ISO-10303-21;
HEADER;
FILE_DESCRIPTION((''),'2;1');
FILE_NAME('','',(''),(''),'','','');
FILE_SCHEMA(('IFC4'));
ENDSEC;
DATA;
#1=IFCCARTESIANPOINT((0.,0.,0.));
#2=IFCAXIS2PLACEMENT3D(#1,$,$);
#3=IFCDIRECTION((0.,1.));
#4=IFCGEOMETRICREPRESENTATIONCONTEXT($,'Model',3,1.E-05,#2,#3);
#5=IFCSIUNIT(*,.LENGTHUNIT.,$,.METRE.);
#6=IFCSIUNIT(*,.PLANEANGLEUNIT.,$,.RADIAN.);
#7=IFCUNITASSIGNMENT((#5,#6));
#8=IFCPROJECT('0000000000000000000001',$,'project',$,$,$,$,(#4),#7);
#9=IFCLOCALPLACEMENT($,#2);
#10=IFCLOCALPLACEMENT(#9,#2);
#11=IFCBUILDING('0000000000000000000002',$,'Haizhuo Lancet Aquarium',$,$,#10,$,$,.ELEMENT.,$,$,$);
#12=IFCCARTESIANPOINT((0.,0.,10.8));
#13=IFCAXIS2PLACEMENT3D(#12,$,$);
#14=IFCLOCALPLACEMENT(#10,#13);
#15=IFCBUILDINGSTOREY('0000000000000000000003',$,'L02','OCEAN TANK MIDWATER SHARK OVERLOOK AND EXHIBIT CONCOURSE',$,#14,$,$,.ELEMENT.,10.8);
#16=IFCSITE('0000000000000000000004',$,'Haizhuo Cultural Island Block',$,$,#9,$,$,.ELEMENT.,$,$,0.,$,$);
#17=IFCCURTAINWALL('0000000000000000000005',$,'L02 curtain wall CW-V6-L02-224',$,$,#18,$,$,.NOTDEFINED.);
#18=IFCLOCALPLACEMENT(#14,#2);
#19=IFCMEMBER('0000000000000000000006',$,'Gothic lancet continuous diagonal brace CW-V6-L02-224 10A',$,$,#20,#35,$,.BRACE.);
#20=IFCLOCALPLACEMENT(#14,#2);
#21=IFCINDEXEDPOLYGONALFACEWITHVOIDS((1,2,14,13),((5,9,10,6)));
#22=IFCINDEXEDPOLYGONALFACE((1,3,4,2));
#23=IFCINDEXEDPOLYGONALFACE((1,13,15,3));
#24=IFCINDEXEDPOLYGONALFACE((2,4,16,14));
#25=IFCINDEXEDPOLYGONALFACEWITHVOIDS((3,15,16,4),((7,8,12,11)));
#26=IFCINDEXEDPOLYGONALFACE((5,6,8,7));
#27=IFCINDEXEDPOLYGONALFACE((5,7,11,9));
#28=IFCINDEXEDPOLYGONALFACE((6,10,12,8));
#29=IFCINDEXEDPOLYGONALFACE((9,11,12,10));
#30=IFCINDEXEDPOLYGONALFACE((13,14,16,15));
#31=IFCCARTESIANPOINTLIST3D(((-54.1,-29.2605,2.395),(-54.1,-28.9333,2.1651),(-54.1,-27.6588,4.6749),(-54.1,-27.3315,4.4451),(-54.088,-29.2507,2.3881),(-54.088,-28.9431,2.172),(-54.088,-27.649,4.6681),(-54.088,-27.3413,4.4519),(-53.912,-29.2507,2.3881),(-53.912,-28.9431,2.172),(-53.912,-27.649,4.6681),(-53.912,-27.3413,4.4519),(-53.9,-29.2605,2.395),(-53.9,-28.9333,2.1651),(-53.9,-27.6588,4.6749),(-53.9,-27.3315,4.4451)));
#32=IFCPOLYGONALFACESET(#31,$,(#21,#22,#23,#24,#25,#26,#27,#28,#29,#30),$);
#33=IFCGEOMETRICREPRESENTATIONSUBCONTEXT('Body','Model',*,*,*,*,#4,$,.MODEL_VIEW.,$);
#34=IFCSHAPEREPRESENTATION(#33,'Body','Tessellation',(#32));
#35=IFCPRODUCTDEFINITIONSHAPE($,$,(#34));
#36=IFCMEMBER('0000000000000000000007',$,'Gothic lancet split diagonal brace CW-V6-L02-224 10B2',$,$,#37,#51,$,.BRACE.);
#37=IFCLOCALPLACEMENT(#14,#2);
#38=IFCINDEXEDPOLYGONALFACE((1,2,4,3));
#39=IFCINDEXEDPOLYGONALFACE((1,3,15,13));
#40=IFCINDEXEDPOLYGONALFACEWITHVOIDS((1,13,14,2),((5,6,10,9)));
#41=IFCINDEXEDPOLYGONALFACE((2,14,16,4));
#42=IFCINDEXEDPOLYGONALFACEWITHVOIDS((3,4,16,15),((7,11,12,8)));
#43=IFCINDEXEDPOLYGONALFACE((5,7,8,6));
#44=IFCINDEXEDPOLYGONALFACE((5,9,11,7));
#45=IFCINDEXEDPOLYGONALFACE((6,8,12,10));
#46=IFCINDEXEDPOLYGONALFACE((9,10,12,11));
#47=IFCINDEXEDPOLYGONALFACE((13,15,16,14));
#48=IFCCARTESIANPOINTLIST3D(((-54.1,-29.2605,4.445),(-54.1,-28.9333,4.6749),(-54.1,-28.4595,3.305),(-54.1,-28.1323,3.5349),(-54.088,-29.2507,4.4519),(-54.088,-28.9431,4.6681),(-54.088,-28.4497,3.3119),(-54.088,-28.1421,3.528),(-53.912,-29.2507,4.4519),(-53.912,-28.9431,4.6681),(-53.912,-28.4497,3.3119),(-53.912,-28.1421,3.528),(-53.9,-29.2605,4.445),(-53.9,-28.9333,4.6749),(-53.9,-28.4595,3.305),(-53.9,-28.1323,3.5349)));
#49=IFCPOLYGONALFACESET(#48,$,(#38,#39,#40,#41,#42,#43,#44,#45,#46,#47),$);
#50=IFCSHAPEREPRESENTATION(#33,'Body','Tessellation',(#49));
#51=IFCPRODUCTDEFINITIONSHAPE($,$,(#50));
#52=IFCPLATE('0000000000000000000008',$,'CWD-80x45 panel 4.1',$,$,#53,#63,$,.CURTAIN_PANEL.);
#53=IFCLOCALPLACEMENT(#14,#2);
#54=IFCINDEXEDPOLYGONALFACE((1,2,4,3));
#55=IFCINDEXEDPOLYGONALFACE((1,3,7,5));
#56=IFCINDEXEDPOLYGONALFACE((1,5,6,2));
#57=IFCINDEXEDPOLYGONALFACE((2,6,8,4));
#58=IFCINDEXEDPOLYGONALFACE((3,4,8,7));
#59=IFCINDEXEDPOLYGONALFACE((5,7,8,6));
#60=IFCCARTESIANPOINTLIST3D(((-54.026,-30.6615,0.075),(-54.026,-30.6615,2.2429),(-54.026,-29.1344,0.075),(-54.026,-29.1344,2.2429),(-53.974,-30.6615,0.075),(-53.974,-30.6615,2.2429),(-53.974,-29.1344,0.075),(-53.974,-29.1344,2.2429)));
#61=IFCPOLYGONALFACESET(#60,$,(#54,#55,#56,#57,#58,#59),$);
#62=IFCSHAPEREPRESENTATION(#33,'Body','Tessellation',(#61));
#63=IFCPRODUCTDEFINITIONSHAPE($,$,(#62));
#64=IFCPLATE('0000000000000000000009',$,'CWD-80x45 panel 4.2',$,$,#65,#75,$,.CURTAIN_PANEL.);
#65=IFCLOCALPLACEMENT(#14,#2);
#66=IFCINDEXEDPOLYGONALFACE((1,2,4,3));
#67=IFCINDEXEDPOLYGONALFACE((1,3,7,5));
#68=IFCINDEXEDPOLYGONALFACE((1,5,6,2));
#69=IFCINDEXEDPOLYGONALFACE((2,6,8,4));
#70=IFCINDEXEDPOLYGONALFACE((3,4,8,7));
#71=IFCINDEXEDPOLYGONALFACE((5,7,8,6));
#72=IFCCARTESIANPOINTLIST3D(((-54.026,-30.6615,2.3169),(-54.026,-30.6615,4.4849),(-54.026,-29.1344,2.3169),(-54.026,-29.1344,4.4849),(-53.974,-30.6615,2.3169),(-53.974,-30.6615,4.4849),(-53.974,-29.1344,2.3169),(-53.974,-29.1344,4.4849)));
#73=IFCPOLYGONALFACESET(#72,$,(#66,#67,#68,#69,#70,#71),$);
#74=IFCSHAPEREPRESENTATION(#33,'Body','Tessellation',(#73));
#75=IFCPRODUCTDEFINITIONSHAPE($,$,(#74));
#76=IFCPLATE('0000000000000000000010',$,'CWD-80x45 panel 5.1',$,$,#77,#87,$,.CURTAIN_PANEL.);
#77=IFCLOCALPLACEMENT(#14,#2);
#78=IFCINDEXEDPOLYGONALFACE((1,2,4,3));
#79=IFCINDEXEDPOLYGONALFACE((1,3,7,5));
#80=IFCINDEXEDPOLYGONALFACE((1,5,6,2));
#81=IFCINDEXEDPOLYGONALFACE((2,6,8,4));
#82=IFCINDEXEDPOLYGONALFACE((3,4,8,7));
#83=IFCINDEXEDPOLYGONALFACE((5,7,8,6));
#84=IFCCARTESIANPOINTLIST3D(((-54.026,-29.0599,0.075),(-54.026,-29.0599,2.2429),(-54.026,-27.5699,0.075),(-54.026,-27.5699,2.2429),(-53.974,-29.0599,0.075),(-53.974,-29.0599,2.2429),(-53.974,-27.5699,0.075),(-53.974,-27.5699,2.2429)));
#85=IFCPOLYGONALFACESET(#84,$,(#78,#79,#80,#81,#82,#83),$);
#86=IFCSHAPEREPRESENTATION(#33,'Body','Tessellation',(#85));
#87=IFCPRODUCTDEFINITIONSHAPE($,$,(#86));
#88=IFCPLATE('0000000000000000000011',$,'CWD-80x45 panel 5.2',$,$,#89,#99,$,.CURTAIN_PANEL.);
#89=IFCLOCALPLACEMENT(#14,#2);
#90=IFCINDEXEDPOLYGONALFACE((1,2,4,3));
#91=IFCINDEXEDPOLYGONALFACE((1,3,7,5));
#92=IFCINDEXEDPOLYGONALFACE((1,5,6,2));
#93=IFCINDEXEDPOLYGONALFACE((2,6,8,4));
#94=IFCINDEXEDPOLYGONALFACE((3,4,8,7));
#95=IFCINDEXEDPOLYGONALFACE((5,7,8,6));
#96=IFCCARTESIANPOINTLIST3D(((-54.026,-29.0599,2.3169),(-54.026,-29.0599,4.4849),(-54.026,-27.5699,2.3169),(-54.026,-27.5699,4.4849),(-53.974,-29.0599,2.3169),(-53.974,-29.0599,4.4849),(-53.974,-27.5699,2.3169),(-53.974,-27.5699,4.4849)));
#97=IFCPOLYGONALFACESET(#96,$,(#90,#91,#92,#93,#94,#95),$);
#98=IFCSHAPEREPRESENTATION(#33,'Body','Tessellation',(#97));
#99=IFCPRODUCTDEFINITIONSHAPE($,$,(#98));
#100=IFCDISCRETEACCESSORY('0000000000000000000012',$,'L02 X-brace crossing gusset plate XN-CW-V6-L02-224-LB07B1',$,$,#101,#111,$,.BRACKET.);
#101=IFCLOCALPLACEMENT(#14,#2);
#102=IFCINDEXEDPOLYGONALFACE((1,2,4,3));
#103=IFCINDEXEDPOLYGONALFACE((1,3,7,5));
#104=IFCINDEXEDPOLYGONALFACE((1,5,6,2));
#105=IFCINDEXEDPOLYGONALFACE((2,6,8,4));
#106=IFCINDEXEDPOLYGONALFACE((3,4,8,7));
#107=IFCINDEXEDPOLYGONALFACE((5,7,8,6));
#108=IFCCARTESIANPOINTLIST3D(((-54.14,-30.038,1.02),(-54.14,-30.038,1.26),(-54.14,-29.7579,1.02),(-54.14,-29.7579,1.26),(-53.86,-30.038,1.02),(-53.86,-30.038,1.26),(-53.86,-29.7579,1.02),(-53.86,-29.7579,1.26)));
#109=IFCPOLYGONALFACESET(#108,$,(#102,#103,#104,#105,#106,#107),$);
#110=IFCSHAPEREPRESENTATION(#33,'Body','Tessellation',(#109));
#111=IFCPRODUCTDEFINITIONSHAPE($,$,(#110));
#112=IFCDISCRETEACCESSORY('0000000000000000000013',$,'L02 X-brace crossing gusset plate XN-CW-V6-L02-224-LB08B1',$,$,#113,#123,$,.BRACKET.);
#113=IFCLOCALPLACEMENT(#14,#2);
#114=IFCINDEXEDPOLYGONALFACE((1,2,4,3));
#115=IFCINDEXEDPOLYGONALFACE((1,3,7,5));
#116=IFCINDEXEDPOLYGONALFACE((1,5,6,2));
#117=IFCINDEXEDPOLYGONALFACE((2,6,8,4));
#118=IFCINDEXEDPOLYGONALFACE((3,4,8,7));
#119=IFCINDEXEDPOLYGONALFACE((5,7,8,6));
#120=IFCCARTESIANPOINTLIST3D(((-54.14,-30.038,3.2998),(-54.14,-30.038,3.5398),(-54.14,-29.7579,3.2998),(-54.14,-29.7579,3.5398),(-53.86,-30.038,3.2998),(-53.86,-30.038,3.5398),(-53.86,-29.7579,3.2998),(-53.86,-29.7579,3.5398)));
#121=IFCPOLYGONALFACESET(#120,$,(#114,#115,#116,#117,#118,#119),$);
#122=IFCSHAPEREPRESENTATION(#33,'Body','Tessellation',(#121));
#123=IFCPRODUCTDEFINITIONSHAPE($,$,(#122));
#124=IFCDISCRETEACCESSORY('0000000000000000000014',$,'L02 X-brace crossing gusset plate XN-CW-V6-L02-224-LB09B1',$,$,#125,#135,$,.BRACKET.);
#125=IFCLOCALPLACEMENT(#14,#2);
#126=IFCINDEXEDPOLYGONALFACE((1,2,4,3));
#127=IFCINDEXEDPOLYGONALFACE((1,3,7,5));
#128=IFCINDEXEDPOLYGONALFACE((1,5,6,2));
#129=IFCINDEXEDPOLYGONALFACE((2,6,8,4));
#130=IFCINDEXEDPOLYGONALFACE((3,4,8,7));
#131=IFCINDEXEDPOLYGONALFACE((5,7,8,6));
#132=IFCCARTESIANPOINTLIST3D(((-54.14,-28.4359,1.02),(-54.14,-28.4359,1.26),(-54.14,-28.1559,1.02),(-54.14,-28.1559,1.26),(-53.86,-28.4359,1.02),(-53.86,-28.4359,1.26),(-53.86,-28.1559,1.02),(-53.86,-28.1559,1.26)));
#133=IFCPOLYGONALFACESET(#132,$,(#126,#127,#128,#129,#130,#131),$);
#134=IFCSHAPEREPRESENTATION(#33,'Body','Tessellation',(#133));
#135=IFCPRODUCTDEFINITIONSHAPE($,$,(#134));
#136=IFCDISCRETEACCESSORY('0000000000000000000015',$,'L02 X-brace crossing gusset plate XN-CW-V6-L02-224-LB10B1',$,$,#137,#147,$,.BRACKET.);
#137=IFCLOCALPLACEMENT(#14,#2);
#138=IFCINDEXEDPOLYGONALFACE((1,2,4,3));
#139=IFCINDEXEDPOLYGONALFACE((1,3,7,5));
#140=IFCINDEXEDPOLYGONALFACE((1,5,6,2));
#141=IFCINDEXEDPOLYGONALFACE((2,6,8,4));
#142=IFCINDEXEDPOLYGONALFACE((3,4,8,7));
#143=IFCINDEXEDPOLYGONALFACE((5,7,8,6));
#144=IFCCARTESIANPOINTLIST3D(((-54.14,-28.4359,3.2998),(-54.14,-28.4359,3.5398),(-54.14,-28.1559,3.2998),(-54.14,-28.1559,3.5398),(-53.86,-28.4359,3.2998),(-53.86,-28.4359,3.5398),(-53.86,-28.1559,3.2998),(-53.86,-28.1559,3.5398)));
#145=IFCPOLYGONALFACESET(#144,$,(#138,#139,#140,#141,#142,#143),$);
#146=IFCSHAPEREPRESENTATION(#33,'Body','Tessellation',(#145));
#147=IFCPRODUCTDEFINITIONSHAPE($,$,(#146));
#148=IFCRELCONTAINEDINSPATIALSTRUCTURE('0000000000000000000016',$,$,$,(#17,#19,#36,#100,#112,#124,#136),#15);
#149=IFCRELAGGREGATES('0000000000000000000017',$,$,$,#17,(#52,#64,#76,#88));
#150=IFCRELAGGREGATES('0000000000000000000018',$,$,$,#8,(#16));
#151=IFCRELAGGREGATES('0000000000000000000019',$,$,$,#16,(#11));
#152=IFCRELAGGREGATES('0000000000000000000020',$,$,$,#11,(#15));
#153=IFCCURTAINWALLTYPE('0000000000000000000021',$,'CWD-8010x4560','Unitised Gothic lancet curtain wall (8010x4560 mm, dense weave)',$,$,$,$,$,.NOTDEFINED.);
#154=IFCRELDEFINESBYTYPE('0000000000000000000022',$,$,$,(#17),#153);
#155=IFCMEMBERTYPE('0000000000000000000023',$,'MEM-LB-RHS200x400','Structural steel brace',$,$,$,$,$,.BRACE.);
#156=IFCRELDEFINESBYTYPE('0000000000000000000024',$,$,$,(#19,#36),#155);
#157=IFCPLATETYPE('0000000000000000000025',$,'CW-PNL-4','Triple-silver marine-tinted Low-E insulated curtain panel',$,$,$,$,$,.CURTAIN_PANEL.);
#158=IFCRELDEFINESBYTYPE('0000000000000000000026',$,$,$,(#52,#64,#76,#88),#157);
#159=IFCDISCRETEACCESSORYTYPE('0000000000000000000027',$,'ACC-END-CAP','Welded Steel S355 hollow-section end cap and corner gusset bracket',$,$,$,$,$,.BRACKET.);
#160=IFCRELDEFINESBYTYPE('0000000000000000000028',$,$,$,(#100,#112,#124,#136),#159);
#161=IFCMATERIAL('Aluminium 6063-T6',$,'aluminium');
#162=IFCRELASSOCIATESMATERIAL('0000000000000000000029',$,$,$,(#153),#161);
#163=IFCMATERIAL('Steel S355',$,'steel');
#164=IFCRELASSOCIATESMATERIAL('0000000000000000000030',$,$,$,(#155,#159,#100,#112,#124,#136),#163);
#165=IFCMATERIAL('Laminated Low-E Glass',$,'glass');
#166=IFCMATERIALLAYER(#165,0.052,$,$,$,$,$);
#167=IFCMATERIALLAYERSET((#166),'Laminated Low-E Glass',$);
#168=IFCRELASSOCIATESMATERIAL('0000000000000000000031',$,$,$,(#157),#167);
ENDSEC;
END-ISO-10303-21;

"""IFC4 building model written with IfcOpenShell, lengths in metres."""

from ifc_helpers import new_model, si_unit, direction, frame, origin, origin_2d, place, context, subcontext, project, spatial, rectangle, hollow_rectangle, extrude, material, layer, layer_set, material_profile, profile_set, type_object, element, aggregate, save


model = new_model("IFC4")

# Units and contexts
model_context = context("Model", 3, precision=1e-05, world=origin(), true_north=direction((0.0, 1.0)))
body_context = subcontext(model_context, "Body", "Model", "MODEL_VIEW")
ifc_project = project(units=[si_unit("LENGTHUNIT", "METRE"), si_unit("PLANEANGLEUNIT", "RADIAN")], contexts=[model_context])

# Site, building, storey
site_placement = place(None, origin())
site = spatial("IfcSite", under=ifc_project, at=site_placement, Name="Haizhuo Cultural Island Block", CompositionType="ELEMENT", RefElevation=0.0)
building_placement = place(site_placement, origin())
building = spatial("IfcBuilding", under=site, at=building_placement, Name="Haizhuo Lancet Aquarium", CompositionType="ELEMENT")
storey_placement = place(building_placement, frame((0.0, 0.0, 10.8)))
storey = spatial("IfcBuildingStorey", under=building, at=storey_placement, Name="L02", Description="OCEAN TANK MIDWATER SHARK OVERLOOK AND EXHIBIT CONCOURSE", CompositionType="ELEMENT", Elevation=10.8)

# Curtain wall
ifc_material_1 = material(Name="Aluminium 6063-T6", Category="aluminium")
curtain_wall_type = type_object("IfcCurtainWallType", Name="CWD-8010x4560", Description="Unitised Gothic lancet curtain wall (8010x4560 mm, dense weave)", PredefinedType="NOTDEFINED", material=ifc_material_1)
curtain_wall_placement = place(storey_placement, origin())
curtain_wall = element("IfcCurtainWall", 1, at=curtain_wall_placement, inside=storey, type_object=curtain_wall_type, Name="L02 curtain wall CW-V6-L02-224", PredefinedType="NOTDEFINED")

# Shared definitions
ifc_material_2 = material(Name="Steel S355", Category="steel")

# Members
ifc_material_profile_1 = material_profile(ifc_material_2, hollow_rectangle(XDim=0.2, YDim=0.3999, WallThickness=0.012, at=origin_2d()), Name="RHS 200x400x12")
ifc_profile_set_1 = profile_set([ifc_material_profile_1], Name="Steel S355")
member_type_1 = type_object("IfcMemberType", Name="MEM-LB-RHS200x400", Description="Structural steel brace", PredefinedType="BRACE", material=ifc_profile_set_1)
member_1_placement = place(storey_placement, frame((-54.0, -29.0969, 2.28), z_axis=(0.0, 0.574855, 0.818255), x_axis=(-1.0, 0.0, 0.0)))
element("IfcMember", 2, at=member_1_placement, inside=storey, type_object=member_type_1, Name="Gothic lancet continuous diagonal brace CW-V6-L02-224 10A", PredefinedType="BRACE", context=body_context, shape_type="SweptSolid", body=[
    extrude(hollow_rectangle(XDim=0.2, YDim=0.3999, WallThickness=0.012, at=origin_2d()), origin(), (0.0, 0.0, 1.0), 2.7864),
])
member_2_placement = place(storey_placement, frame((-54.0, -28.2959, 3.4199), z_axis=(0.0, -0.574873, 0.818243), x_axis=(1.0, 0.0, 0.0)))
element("IfcMember", 3, at=member_2_placement, inside=storey, type_object=member_type_1, Name="Gothic lancet split diagonal brace CW-V6-L02-224 10B2", PredefinedType="BRACE", context=body_context, shape_type="SweptSolid", body=[
    extrude(hollow_rectangle(XDim=0.2, YDim=0.3999, WallThickness=0.012, at=origin_2d()), origin(), (0.0, 0.0, 1.0), 1.3933),
])

# Plates
ifc_material_3 = material(Name="Laminated Low-E Glass", Category="glass")
ifc_layer = layer(ifc_material_3, 0.052)
ifc_layer_set = layer_set([ifc_layer], Name="Laminated Low-E Glass")
plate_type = type_object("IfcPlateType", Name="CW-PNL-4", Description="Triple-silver marine-tinted Low-E insulated curtain panel", PredefinedType="CURTAIN_PANEL", material=ifc_layer_set)
plate_1_placement = place(storey_placement, frame((-54.0, -29.8979, 0.075), z_axis=(0.0, 0.0, 1.0), x_axis=(0.0, 1.0, 0.0)))
plate_1 = element("IfcPlate", 4, at=plate_1_placement, type_object=plate_type, Name="CWD-80x45 panel 4.1", PredefinedType="CURTAIN_PANEL", context=body_context, shape_type="SweptSolid", body=[
    extrude(rectangle(XDim=1.5271, YDim=0.052, at=origin_2d()), origin(), (0.0, 0.0, 1.0), 2.168),
])
plate_2_placement = place(storey_placement, frame((-54.0, -29.8979, 2.3169), z_axis=(0.0, 0.0, 1.0), x_axis=(0.0, 1.0, 0.0)))
plate_2 = element("IfcPlate", 5, at=plate_2_placement, type_object=plate_type, Name="CWD-80x45 panel 4.2", PredefinedType="CURTAIN_PANEL", context=body_context, shape_type="SweptSolid", body=[
    extrude(rectangle(XDim=1.5271, YDim=0.052, at=origin_2d()), origin(), (0.0, 0.0, 1.0), 2.168),
])
plate_3_placement = place(storey_placement, frame((-54.0, -28.3149, 0.075), z_axis=(0.0, 0.0, 1.0), x_axis=(0.0, 1.0, 0.0)))
plate_3 = element("IfcPlate", 6, at=plate_3_placement, type_object=plate_type, Name="CWD-80x45 panel 5.1", PredefinedType="CURTAIN_PANEL", context=body_context, shape_type="SweptSolid", body=[
    extrude(rectangle(XDim=1.49, YDim=0.052, at=origin_2d()), origin(), (0.0, 0.0, 1.0), 2.168),
])
plate_4_placement = place(storey_placement, frame((-54.0, -28.3149, 2.3169), z_axis=(0.0, 0.0, 1.0), x_axis=(0.0, 1.0, 0.0)))
plate_4 = element("IfcPlate", 7, at=plate_4_placement, type_object=plate_type, Name="CWD-80x45 panel 5.2", PredefinedType="CURTAIN_PANEL", context=body_context, shape_type="SweptSolid", body=[
    extrude(rectangle(XDim=1.49, YDim=0.052, at=origin_2d()), origin(), (0.0, 0.0, 1.0), 2.168),
])
aggregate(curtain_wall, [plate_1, plate_2, plate_3, plate_4])

# Discrete accessories
discrete_accessory_type = type_object("IfcDiscreteAccessoryType", Name="ACC-END-CAP", Description="Welded Steel S355 hollow-section end cap and corner gusset bracket", PredefinedType="BRACKET", material=ifc_material_2)
for number, where, z_axis, x_axis, name in (
    (8, (-54.0, -29.8979, 1.02), (0.0, 0.0, 1.0), (1.0, 0.0, 0.0), "L02 X-brace crossing gusset plate XN-CW-V6-L02-224-LB07B1"),
    (9, (-54.0, -29.8979, 3.2998), (0.0, 0.0, 1.0), (1.0, 0.0, 0.0), "L02 X-brace crossing gusset plate XN-CW-V6-L02-224-LB08B1"),
    (10, (-54.0, -28.2959, 1.02), (0.0, 0.0, 1.0), (1.0, 0.0, 0.0), "L02 X-brace crossing gusset plate XN-CW-V6-L02-224-LB09B1"),
    (11, (-54.0, -28.2959, 3.2998), (0.0, 0.0, 1.0), (1.0, 0.0, 0.0), "L02 X-brace crossing gusset plate XN-CW-V6-L02-224-LB10B1"),
):
    element("IfcDiscreteAccessory", number, at=place(storey_placement, frame(where, z_axis=z_axis, x_axis=x_axis)), inside=storey, type_object=discrete_accessory_type, material=ifc_material_2, Name=name, PredefinedType="BRACKET", context=body_context, shape_type="SweptSolid", body=[
        extrude(rectangle(XDim=0.28, YDim=0.28, at=origin_2d()), origin(), (0.0, 0.0, 1.0), 0.24),
    ])

save(model, "model.ifc")
